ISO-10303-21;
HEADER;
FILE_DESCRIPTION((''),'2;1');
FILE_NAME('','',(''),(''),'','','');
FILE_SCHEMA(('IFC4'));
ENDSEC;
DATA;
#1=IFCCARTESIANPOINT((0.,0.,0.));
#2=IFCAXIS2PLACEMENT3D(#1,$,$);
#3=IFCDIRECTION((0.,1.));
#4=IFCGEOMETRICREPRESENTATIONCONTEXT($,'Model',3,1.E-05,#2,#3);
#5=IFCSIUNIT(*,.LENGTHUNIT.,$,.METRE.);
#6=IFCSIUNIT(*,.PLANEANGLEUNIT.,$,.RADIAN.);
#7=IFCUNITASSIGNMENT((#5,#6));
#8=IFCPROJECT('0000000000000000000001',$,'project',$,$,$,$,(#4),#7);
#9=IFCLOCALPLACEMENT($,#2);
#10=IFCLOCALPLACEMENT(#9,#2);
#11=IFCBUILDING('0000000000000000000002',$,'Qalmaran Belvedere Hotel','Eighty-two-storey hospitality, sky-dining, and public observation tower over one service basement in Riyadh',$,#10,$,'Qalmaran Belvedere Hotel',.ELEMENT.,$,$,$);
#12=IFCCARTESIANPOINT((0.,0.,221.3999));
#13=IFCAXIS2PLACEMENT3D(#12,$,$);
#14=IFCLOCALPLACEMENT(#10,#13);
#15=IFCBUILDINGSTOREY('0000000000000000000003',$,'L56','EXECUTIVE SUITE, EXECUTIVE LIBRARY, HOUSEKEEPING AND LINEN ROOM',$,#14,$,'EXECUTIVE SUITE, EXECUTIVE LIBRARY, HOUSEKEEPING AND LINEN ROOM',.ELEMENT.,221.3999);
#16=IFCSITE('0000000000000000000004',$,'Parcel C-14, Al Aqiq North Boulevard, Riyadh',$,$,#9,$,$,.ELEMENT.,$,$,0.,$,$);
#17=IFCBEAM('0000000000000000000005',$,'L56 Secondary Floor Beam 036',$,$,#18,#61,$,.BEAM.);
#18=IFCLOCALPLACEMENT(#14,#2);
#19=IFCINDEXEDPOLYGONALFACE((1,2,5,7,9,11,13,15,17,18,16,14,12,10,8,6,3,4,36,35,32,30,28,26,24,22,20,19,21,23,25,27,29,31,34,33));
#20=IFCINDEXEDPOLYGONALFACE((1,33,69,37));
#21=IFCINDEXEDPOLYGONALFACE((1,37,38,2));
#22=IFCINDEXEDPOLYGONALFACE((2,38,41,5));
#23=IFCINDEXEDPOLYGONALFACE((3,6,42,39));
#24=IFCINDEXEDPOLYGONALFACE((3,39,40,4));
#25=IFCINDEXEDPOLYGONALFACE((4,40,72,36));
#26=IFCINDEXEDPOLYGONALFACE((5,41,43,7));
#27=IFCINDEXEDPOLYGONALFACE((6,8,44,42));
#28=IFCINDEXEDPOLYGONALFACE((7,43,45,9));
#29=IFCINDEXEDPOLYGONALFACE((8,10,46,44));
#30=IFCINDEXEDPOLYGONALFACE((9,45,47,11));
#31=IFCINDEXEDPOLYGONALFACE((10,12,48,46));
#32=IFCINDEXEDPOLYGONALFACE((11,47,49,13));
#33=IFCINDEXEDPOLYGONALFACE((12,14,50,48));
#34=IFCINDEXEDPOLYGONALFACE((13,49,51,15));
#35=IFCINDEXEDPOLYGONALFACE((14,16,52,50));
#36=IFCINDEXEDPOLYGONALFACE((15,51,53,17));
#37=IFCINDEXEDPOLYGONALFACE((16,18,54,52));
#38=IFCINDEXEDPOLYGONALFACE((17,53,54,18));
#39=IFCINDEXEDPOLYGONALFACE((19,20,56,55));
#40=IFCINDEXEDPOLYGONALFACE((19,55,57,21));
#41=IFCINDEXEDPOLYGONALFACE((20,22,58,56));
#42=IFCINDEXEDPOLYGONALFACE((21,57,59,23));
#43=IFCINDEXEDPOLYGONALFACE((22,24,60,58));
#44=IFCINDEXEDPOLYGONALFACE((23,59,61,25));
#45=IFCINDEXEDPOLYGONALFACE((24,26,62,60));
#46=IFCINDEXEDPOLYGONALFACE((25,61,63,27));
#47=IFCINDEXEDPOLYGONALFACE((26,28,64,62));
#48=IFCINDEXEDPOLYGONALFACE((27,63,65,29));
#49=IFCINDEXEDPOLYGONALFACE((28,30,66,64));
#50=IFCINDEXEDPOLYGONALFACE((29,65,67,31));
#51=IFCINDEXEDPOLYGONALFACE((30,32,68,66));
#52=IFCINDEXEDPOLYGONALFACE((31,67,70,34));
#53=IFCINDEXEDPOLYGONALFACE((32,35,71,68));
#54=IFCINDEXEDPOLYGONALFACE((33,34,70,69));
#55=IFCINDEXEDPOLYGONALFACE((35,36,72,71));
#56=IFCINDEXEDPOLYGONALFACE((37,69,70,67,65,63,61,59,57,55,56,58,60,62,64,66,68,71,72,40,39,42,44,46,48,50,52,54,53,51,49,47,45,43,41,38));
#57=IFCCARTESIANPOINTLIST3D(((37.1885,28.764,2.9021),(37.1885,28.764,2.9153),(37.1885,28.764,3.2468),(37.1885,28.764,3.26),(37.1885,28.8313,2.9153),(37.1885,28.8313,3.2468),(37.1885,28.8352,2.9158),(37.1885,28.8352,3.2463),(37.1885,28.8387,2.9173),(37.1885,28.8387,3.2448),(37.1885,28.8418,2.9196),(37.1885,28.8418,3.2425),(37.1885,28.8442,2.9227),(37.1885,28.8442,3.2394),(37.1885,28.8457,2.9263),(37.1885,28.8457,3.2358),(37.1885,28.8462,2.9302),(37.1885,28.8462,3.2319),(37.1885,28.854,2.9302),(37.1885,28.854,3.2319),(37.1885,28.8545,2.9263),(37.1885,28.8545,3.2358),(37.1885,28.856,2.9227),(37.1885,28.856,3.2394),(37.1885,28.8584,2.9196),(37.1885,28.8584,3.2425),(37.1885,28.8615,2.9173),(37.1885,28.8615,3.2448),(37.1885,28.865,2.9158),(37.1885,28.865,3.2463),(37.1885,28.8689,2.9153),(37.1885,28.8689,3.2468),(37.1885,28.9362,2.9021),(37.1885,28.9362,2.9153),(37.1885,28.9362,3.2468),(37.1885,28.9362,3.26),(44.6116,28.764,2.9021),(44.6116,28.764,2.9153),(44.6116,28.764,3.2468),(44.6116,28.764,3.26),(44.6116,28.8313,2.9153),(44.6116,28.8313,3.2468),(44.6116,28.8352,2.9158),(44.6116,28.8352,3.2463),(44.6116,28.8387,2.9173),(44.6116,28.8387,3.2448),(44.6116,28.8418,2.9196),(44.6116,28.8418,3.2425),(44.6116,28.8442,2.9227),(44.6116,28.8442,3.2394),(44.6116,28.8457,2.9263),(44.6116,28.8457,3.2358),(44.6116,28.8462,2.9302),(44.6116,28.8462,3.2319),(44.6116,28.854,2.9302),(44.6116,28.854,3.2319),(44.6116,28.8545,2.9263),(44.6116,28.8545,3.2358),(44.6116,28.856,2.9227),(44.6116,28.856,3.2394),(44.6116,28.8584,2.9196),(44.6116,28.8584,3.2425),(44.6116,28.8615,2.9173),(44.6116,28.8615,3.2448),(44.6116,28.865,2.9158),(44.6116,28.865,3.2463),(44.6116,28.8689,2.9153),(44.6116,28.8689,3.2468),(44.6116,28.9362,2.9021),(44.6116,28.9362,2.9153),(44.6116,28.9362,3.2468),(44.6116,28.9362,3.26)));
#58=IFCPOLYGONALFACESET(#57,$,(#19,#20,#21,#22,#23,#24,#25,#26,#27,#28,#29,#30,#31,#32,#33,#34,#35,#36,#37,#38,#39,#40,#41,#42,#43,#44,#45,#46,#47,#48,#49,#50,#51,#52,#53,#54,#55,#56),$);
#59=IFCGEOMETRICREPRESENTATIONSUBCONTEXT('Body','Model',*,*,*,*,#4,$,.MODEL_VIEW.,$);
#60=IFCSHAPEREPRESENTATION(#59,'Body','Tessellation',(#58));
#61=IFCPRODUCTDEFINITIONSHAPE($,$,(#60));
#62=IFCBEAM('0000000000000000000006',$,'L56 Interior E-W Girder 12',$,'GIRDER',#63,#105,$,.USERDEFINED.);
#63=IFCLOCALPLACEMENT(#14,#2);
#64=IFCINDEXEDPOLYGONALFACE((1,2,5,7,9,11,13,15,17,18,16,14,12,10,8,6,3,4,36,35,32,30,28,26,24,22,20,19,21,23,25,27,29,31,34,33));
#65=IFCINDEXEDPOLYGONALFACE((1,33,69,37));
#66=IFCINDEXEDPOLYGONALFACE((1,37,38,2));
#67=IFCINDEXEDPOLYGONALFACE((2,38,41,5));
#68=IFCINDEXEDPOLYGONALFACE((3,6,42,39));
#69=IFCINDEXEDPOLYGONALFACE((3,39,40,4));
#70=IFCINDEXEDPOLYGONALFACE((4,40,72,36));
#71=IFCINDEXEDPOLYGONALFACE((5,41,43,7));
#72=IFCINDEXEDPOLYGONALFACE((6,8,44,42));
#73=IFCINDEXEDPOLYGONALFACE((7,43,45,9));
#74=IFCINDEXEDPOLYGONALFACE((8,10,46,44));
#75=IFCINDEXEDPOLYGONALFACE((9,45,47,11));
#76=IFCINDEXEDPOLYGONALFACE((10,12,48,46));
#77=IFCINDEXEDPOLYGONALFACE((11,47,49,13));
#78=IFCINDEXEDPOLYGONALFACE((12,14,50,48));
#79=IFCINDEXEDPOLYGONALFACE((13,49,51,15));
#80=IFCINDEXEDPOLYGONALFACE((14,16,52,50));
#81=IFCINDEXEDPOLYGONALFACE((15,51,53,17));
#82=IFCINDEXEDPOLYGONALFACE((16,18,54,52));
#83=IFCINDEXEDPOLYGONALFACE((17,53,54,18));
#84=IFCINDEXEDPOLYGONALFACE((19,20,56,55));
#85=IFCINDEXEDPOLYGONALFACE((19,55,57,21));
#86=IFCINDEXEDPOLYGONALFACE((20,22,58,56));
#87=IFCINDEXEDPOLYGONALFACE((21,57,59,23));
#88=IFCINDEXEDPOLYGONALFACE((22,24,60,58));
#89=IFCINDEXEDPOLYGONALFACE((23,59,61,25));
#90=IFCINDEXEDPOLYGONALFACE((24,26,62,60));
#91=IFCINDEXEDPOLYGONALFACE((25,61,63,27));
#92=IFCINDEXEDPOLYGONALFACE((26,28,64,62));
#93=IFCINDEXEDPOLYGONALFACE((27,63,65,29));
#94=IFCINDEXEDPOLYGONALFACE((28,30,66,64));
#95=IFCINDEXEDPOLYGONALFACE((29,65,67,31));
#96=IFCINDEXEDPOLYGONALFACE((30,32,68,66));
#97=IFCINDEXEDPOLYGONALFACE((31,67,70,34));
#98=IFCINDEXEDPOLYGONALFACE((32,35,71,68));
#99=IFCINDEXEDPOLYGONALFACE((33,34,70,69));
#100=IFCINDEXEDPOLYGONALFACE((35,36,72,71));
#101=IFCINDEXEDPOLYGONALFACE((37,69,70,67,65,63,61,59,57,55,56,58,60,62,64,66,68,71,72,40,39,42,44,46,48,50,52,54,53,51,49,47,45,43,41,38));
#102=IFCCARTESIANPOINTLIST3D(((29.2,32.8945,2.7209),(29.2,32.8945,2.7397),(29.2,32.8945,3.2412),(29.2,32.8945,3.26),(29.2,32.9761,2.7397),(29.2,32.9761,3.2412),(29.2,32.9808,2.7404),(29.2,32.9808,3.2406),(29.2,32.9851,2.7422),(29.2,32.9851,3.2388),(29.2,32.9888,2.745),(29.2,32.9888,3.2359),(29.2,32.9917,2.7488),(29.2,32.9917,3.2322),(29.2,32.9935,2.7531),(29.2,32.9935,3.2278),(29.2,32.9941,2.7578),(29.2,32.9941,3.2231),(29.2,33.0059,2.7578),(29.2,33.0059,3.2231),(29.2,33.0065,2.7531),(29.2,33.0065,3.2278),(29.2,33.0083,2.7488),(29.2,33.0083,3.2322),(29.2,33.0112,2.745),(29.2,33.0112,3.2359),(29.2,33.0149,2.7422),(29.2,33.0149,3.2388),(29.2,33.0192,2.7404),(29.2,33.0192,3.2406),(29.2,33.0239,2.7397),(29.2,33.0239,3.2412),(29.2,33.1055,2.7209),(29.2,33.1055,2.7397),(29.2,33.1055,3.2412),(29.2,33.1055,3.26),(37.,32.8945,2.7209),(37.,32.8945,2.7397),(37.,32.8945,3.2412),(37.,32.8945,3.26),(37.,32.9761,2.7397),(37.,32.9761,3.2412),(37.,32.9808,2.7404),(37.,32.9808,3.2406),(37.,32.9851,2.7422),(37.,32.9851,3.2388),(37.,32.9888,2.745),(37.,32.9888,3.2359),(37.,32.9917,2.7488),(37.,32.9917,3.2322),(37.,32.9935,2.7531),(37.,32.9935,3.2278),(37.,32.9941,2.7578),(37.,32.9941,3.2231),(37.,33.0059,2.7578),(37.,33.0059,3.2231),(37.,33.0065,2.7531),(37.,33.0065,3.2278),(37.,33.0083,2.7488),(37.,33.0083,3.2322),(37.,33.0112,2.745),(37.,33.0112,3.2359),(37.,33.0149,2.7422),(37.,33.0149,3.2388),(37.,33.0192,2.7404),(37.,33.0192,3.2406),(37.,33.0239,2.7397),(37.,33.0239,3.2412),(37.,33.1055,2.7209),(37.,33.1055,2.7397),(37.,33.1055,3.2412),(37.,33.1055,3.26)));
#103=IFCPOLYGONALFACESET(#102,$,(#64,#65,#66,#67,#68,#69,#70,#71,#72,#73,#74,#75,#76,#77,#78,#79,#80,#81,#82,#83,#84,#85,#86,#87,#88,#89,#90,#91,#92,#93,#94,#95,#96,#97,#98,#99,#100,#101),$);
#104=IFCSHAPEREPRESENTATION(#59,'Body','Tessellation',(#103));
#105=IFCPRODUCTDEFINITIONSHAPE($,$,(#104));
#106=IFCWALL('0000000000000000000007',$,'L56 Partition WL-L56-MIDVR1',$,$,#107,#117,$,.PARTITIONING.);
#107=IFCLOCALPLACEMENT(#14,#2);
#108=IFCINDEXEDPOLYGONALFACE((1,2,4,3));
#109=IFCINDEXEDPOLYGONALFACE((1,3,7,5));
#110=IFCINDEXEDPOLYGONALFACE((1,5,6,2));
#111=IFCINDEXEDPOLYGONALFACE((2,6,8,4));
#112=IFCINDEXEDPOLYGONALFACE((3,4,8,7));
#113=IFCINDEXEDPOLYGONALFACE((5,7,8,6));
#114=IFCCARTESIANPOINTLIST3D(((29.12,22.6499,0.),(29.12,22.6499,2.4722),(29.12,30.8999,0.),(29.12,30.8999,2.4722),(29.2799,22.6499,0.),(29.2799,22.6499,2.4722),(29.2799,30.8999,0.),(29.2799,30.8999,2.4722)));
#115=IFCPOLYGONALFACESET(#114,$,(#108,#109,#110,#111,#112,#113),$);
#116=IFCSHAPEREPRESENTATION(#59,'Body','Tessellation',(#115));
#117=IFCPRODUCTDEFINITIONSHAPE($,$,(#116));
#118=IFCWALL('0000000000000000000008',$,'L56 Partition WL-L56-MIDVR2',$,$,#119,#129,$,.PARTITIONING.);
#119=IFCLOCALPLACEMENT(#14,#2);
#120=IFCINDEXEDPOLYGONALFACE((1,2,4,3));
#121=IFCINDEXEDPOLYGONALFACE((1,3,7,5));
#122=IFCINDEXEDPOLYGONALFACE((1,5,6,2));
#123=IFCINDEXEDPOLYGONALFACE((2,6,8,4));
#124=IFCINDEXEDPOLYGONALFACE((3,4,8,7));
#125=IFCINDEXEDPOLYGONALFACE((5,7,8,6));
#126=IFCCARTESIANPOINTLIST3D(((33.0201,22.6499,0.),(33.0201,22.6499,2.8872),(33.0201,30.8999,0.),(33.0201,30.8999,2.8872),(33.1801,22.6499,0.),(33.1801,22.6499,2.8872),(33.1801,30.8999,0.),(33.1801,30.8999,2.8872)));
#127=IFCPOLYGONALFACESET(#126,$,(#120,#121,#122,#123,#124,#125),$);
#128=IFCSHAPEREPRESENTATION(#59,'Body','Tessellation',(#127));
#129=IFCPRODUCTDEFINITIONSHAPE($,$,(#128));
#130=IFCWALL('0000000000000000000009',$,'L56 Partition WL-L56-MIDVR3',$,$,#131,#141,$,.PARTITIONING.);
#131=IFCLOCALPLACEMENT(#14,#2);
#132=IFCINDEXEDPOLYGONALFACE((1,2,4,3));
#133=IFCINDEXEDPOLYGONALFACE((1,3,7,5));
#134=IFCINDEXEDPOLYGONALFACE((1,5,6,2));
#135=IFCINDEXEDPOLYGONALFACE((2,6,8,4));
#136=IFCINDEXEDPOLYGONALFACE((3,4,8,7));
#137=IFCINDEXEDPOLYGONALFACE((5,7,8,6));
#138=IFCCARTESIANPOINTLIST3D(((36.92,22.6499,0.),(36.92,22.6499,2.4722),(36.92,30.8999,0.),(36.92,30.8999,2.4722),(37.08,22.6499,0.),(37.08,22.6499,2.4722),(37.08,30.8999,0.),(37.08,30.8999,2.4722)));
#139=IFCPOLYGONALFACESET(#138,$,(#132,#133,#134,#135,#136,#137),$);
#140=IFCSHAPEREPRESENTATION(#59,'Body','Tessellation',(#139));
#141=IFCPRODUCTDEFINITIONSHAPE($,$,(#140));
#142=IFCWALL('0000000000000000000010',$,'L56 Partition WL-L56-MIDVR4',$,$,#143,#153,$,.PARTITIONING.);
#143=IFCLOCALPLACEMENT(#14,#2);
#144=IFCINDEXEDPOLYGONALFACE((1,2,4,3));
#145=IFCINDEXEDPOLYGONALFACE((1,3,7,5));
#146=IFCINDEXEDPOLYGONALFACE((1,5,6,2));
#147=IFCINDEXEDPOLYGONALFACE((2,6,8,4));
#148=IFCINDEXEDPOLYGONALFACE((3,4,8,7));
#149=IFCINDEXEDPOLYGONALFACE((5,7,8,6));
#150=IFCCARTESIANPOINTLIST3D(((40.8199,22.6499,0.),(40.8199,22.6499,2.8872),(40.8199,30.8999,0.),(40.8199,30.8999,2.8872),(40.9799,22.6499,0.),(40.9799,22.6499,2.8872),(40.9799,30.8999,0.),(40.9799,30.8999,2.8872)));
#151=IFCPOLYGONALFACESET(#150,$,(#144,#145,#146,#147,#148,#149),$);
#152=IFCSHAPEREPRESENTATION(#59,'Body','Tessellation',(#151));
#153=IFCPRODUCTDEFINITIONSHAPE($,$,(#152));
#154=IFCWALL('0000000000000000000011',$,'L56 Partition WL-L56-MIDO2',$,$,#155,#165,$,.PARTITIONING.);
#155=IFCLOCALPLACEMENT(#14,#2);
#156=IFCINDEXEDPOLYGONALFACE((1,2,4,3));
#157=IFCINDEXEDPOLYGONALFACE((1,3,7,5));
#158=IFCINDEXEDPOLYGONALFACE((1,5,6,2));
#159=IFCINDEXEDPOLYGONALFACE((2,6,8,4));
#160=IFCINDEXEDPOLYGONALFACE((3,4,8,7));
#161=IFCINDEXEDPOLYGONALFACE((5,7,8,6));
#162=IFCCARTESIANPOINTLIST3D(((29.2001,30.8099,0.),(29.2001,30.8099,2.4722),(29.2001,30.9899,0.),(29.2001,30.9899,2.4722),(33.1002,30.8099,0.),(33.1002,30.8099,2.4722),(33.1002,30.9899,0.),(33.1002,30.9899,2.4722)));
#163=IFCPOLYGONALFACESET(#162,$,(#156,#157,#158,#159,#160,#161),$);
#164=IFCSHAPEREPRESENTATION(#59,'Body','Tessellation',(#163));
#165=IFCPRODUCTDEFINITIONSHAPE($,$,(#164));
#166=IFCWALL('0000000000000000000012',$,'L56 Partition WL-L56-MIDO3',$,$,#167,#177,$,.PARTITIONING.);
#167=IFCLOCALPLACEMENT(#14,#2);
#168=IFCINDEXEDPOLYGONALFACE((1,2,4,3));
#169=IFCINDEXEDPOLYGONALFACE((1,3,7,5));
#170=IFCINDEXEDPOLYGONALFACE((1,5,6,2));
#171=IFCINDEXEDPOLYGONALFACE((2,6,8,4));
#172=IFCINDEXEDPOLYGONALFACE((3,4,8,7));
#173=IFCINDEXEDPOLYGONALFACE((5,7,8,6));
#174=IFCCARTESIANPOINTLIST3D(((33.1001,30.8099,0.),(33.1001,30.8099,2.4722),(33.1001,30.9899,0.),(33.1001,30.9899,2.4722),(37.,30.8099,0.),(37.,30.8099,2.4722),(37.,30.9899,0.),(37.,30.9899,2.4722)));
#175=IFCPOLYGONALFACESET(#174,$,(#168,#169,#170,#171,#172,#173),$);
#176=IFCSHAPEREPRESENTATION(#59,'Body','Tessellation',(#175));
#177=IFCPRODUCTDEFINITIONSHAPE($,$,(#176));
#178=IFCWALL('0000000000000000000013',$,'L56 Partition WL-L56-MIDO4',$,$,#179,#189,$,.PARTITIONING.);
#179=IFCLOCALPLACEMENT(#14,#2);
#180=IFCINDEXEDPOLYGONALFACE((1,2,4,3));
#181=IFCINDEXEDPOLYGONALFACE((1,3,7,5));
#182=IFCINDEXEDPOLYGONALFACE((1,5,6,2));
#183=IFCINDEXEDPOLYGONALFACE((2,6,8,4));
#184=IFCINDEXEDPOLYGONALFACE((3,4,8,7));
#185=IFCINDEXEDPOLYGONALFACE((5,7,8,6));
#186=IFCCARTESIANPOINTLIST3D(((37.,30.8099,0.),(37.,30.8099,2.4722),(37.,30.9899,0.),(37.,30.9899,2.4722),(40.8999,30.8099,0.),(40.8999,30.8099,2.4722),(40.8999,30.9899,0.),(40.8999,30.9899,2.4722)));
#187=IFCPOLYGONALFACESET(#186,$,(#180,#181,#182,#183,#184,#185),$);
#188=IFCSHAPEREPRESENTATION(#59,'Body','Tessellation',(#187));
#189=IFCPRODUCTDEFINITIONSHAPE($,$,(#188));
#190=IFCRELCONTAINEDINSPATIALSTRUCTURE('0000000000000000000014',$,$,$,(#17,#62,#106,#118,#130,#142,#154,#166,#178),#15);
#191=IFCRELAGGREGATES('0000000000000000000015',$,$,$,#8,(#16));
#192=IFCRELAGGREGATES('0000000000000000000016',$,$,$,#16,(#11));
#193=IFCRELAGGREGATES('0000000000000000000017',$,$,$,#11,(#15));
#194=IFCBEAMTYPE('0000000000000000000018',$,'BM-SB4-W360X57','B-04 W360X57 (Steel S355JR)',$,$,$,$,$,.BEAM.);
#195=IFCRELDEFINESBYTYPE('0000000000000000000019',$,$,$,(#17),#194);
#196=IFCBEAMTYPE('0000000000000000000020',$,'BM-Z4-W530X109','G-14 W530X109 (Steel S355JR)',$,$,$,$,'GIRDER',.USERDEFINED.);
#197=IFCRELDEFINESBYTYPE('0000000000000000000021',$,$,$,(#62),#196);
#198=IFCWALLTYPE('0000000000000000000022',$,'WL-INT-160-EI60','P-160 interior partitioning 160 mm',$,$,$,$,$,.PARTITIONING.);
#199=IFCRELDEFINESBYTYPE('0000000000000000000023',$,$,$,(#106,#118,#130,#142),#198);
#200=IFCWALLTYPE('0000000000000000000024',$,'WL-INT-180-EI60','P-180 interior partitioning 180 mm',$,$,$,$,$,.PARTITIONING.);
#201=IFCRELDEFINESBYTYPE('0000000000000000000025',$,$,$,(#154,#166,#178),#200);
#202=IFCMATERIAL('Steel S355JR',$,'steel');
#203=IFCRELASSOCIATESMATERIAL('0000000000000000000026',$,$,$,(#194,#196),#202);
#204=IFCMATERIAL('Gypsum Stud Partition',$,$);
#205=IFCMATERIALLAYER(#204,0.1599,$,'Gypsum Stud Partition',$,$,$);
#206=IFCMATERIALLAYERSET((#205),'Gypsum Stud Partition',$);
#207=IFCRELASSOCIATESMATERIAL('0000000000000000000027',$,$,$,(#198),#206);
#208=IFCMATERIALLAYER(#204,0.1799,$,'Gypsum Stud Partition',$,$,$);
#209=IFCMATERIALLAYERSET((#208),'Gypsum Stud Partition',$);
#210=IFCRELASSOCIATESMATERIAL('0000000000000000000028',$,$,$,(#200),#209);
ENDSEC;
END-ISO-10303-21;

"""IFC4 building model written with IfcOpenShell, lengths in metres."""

from ifc_helpers import new_model, si_unit, direction, frame, frame_2d, origin, origin_2d, place, context, subcontext, project, spatial, rectangle, i_section, extrude, material, layer, layer_set, material_profile, profile_set, type_object, element, save


model = new_model("IFC4")

# Units and contexts
model_context = context("Model", 3, precision=1e-05, world=origin(), true_north=direction((0.0, 1.0)))
body_context = subcontext(model_context, "Body", "Model", "MODEL_VIEW")
ifc_project = project(units=[si_unit("LENGTHUNIT", "METRE"), si_unit("PLANEANGLEUNIT", "RADIAN")], contexts=[model_context])

# Site, building, storey
site_placement = place(None, origin())
site = spatial("IfcSite", under=ifc_project, at=site_placement, Name="Parcel C-14, Al Aqiq North Boulevard, Riyadh", CompositionType="ELEMENT", RefElevation=0.0)
building_placement = place(site_placement, origin())
building = spatial("IfcBuilding", under=site, at=building_placement, Name="Qalmaran Belvedere Hotel", Description="Eighty-two-storey hospitality, sky-dining, and public observation tower over one service basement in Riyadh", LongName="Qalmaran Belvedere Hotel", CompositionType="ELEMENT")
storey_placement = place(building_placement, frame((0.0, 0.0, 221.3999)))
storey = spatial("IfcBuildingStorey", under=building, at=storey_placement, Name="L56", Description="EXECUTIVE SUITE, EXECUTIVE LIBRARY, HOUSEKEEPING AND LINEN ROOM", LongName="EXECUTIVE SUITE, EXECUTIVE LIBRARY, HOUSEKEEPING AND LINEN ROOM", CompositionType="ELEMENT", Elevation=221.3999)

# Beams
ifc_material_1 = material(Name="Steel S355JR", Category="steel")
ifc_material_profile_1 = material_profile(ifc_material_1, i_section(OverallWidth=0.1721, OverallDepth=0.3579, WebThickness=0.0078, FlangeThickness=0.0132, FilletRadius=0.0149, at=origin_2d()), Name="W360X57")
ifc_profile_set_1 = profile_set([ifc_material_profile_1], Name="Steel S355JR")
beam_type_1 = type_object("IfcBeamType", Name="BM-SB4-W360X57", Description="B-04 W360X57 (Steel S355JR)", PredefinedType="BEAM", material=ifc_profile_set_1)
for number, where, z_axis, x_axis, name in (
    (1, (37.1885, 28.8501, 3.0811), (1.0, 0.0, 0.0), (0.0, 1.0, 0.0), "L56 Secondary Floor Beam 036"),
):
    element("IfcBeam", number, at=place(storey_placement, frame(where, z_axis=z_axis, x_axis=x_axis)), inside=storey, type_object=beam_type_1, Name=name, PredefinedType="BEAM", context=body_context, shape_type="SweptSolid", body=[
        extrude(i_section(OverallWidth=0.1721, OverallDepth=0.3579, WebThickness=0.0078, FlangeThickness=0.0132, FilletRadius=0.0149, at=origin_2d()), origin(), (0.0, 0.0, 1.0), 7.4231),
    ])
ifc_material_profile_2 = material_profile(ifc_material_1, i_section(OverallWidth=0.2109, OverallDepth=0.5391, WebThickness=0.0117, FlangeThickness=0.0188, FilletRadius=0.0181, at=origin_2d()), Name="W530X109")
ifc_profile_set_2 = profile_set([ifc_material_profile_2], Name="Steel S355JR")
beam_type_2 = type_object("IfcBeamType", Name="BM-Z4-W530X109", Description="G-14 W530X109 (Steel S355JR)", ElementType="GIRDER", PredefinedType="USERDEFINED", material=ifc_profile_set_2)
beam_1_placement = place(storey_placement, frame((29.2, 33.0, 2.9905), z_axis=(1.0, 0.0, 0.0), x_axis=(0.0, 1.0, 0.0)))
element("IfcBeam", 2, at=beam_1_placement, inside=storey, type_object=beam_type_2, Name="L56 Interior E-W Girder 12", ObjectType="GIRDER", PredefinedType="USERDEFINED", context=body_context, shape_type="SweptSolid", body=[
    extrude(i_section(OverallWidth=0.2109, OverallDepth=0.5391, WebThickness=0.0117, FlangeThickness=0.0188, FilletRadius=0.0181, at=origin_2d()), origin(), (0.0, 0.0, 1.0), 7.8),
])

# Walls
ifc_material_2 = material(Name="Gypsum Stud Partition")
ifc_layer_1 = layer(ifc_material_2, 0.1599, Name="Gypsum Stud Partition")
ifc_layer_set_1 = layer_set([ifc_layer_1], Name="Gypsum Stud Partition")
wall_type_1 = type_object("IfcWallType", Name="WL-INT-160-EI60", Description="P-160 interior partitioning 160 mm", PredefinedType="PARTITIONING", material=ifc_layer_set_1)
wall_1_placement = place(storey_placement, frame((29.2, 22.6499, 0.0), z_axis=(0.0, 0.0, 1.0), x_axis=(0.0, 1.0, 0.0)))
element("IfcWall", 3, at=wall_1_placement, inside=storey, type_object=wall_type_1, Name="L56 Partition WL-L56-MIDVR1", PredefinedType="PARTITIONING", context=body_context, shape_type="SweptSolid", body=[
    extrude(rectangle(XDim=8.25, YDim=0.1599, at=frame_2d((4.125, 0.0))), origin(), (0.0, 0.0, 1.0), 2.4722),
])
wall_2_placement = place(storey_placement, frame((33.1001, 22.6499, 0.0), z_axis=(0.0, 0.0, 1.0), x_axis=(0.0, 1.0, 0.0)))
element("IfcWall", 4, at=wall_2_placement, inside=storey, type_object=wall_type_1, Name="L56 Partition WL-L56-MIDVR2", PredefinedType="PARTITIONING", context=body_context, shape_type="SweptSolid", body=[
    extrude(rectangle(XDim=8.25, YDim=0.1599, at=frame_2d((4.125, 0.0))), origin(), (0.0, 0.0, 1.0), 2.8872),
])
wall_3_placement = place(storey_placement, frame((37.0, 22.6499, 0.0), z_axis=(0.0, 0.0, 1.0), x_axis=(0.0, 1.0, 0.0)))
element("IfcWall", 5, at=wall_3_placement, inside=storey, type_object=wall_type_1, Name="L56 Partition WL-L56-MIDVR3", PredefinedType="PARTITIONING", context=body_context, shape_type="SweptSolid", body=[
    extrude(rectangle(XDim=8.25, YDim=0.1599, at=frame_2d((4.125, 0.0))), origin(), (0.0, 0.0, 1.0), 2.4722),
])
wall_4_placement = place(storey_placement, frame((40.8999, 22.6499, 0.0), z_axis=(0.0, 0.0, 1.0), x_axis=(0.0, 1.0, 0.0)))
element("IfcWall", 6, at=wall_4_placement, inside=storey, type_object=wall_type_1, Name="L56 Partition WL-L56-MIDVR4", PredefinedType="PARTITIONING", context=body_context, shape_type="SweptSolid", body=[
    extrude(rectangle(XDim=8.25, YDim=0.1599, at=frame_2d((4.125, 0.0))), origin(), (0.0, 0.0, 1.0), 2.8872),
])

# Shared definitions
ifc_layer_2 = layer(ifc_material_2, 0.1799, Name="Gypsum Stud Partition")
ifc_layer_set_2 = layer_set([ifc_layer_2], Name="Gypsum Stud Partition")
wall_type_2 = type_object("IfcWallType", Name="WL-INT-180-EI60", Description="P-180 interior partitioning 180 mm", PredefinedType="PARTITIONING", material=ifc_layer_set_2)

# Wall
wall_5_placement = place(storey_placement, frame((29.2, 30.8999, 0.0), z_axis=(0.0, 0.0, 1.0), x_axis=(1.0, 0.0, 0.0)))
element("IfcWall", 7, at=wall_5_placement, inside=storey, type_object=wall_type_2, Name="L56 Partition WL-L56-MIDO2", PredefinedType="PARTITIONING", context=body_context, shape_type="SweptSolid", body=[
    extrude(rectangle(XDim=3.9001, YDim=0.1799, at=frame_2d((1.9502, 0.0))), origin(), (0.0, 0.0, 1.0), 2.4722),
])

# Wall
wall_6_placement = place(storey_placement, frame((33.1001, 30.8999, 0.0), z_axis=(0.0, 0.0, 1.0), x_axis=(1.0, 0.0, 0.0)))
element("IfcWall", 8, at=wall_6_placement, inside=storey, type_object=wall_type_2, Name="L56 Partition WL-L56-MIDO3", PredefinedType="PARTITIONING", context=body_context, shape_type="SweptSolid", body=[
    extrude(rectangle(XDim=3.8999, YDim=0.1799, at=frame_2d((1.95, 0.0))), origin(), (0.0, 0.0, 1.0), 2.4722),
])

# Wall
wall_7_placement = place(storey_placement, frame((37.0, 30.8999, 0.0), z_axis=(0.0, 0.0, 1.0), x_axis=(1.0, 0.0, 0.0)))
element("IfcWall", 9, at=wall_7_placement, inside=storey, type_object=wall_type_2, Name="L56 Partition WL-L56-MIDO4", PredefinedType="PARTITIONING", context=body_context, shape_type="SweptSolid", body=[
    extrude(rectangle(XDim=3.8999, YDim=0.1799, at=frame_2d((1.95, 0.0))), origin(), (0.0, 0.0, 1.0), 2.4722),
])

save(model, "model.ifc")
